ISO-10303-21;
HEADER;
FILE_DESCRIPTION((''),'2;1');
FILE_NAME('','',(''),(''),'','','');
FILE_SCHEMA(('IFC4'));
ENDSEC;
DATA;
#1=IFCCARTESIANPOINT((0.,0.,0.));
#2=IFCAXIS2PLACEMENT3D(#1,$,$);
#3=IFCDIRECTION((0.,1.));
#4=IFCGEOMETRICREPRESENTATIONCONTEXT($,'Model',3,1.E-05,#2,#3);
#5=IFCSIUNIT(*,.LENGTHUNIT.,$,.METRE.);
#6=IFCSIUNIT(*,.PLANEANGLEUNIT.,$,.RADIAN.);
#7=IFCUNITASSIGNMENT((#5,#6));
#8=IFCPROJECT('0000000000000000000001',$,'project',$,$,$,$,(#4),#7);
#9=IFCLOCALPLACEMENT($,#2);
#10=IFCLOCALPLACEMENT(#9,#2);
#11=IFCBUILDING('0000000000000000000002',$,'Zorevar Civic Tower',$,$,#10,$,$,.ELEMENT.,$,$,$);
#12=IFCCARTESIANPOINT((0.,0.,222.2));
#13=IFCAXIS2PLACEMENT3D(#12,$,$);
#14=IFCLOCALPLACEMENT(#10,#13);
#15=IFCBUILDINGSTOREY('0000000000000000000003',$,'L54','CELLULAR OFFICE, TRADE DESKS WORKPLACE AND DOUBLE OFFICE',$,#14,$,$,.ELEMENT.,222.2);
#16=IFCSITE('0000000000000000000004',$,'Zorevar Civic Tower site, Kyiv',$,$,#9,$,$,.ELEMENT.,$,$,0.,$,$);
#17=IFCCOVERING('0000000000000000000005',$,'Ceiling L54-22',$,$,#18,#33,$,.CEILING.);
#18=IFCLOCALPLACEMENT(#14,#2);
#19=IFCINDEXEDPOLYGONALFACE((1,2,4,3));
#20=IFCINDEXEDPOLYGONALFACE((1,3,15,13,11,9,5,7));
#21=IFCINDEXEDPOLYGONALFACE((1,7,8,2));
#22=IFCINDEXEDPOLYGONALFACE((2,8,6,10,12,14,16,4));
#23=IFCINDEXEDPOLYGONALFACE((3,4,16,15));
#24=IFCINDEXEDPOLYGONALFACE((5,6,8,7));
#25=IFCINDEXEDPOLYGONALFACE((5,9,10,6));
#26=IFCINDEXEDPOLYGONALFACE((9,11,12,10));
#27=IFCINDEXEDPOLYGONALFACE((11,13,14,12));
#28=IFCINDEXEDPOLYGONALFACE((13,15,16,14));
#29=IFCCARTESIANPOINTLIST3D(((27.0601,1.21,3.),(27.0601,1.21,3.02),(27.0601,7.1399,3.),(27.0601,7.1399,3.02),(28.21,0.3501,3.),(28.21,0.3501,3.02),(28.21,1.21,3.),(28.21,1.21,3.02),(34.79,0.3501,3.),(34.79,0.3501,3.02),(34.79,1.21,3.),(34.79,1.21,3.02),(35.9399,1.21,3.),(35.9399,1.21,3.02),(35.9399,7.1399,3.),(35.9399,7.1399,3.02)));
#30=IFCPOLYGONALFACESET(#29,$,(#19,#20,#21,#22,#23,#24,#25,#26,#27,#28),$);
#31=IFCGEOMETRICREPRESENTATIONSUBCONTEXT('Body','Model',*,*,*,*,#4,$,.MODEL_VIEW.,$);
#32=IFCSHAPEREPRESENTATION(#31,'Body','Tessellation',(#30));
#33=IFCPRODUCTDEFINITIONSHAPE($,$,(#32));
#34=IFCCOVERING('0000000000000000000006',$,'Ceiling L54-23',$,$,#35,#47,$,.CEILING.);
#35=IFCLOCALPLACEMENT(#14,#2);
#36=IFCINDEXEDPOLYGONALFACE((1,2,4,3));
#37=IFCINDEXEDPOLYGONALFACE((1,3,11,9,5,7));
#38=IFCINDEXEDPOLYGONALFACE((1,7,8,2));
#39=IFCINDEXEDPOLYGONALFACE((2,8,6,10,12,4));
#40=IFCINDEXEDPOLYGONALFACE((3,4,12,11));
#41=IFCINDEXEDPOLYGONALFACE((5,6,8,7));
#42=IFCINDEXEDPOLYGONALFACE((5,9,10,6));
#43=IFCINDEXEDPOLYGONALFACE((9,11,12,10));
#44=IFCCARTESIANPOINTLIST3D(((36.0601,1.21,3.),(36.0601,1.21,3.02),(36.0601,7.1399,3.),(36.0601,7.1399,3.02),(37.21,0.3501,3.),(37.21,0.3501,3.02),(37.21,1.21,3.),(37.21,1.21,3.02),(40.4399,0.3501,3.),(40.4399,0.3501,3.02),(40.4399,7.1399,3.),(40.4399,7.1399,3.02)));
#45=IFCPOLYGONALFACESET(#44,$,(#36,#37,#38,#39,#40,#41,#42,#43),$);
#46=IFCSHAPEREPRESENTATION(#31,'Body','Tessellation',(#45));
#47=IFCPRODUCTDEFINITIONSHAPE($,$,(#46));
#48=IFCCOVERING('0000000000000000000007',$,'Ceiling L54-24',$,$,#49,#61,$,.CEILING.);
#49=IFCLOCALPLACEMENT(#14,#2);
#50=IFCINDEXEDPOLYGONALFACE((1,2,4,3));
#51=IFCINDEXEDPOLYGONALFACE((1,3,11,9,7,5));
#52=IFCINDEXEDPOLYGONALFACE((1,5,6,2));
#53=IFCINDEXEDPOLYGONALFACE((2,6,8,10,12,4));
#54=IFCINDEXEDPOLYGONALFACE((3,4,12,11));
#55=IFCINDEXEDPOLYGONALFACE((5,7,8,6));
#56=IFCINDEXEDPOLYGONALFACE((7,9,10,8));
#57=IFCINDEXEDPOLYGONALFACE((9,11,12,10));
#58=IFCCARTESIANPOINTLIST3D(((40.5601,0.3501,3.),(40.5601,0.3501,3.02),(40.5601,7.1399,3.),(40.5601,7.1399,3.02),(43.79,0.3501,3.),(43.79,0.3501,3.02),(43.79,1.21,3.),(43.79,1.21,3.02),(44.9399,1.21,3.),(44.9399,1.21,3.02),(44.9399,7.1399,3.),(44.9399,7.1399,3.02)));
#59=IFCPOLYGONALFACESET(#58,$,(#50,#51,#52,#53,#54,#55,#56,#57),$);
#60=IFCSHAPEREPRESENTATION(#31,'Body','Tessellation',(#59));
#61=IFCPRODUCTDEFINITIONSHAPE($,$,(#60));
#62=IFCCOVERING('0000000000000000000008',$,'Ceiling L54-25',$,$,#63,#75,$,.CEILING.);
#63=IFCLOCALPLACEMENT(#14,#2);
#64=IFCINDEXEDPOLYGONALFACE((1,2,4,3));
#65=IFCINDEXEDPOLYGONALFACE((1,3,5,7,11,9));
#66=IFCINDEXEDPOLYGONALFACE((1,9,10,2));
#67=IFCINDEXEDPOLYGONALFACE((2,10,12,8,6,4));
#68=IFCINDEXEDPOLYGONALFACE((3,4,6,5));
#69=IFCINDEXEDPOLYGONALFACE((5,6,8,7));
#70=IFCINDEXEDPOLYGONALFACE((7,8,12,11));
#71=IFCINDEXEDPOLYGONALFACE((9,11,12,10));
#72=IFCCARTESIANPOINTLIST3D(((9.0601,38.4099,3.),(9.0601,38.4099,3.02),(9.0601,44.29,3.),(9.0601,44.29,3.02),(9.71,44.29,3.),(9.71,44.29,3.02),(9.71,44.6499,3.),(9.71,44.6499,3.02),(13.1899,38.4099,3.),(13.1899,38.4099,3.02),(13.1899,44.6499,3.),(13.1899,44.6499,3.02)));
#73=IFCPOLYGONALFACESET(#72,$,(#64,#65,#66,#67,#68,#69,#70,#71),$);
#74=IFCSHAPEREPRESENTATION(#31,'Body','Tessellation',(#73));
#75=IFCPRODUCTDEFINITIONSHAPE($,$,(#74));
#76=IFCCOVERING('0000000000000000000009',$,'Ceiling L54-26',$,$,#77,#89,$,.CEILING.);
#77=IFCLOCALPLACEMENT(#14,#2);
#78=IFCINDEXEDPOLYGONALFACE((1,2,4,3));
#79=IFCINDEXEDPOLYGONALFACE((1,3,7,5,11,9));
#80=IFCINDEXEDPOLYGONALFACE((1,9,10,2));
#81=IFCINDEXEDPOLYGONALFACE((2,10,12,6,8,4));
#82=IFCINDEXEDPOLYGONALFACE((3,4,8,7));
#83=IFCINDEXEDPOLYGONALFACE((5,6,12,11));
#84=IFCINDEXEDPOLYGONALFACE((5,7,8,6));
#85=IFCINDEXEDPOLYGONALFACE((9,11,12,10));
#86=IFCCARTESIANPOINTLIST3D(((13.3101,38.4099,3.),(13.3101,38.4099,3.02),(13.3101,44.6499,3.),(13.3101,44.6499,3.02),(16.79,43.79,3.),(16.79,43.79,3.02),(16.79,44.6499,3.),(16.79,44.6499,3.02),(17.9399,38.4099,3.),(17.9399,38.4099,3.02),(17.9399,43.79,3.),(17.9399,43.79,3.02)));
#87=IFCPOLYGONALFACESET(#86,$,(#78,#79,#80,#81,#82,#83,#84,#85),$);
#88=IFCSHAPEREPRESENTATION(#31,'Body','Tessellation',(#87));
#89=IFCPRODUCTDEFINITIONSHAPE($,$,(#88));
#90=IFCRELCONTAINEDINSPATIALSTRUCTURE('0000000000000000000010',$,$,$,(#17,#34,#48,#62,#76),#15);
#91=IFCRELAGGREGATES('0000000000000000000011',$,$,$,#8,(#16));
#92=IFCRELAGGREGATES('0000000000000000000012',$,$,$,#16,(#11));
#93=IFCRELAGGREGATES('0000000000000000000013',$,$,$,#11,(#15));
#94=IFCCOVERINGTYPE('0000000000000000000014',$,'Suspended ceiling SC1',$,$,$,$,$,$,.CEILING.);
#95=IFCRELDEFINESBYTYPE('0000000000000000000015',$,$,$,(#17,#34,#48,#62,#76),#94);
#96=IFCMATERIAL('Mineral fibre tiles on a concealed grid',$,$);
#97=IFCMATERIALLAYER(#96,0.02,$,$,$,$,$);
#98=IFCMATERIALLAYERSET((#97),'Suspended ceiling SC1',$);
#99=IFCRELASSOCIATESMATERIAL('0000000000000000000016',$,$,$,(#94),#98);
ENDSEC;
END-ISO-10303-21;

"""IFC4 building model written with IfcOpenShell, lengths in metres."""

from ifc_helpers import new_model, si_unit, direction, frame, origin, place, context, subcontext, project, spatial, polyline, outline, extrude, material, layer, layer_set, type_object, element, save


model = new_model("IFC4")

# Units and contexts
model_context = context("Model", 3, precision=1e-05, world=origin(), true_north=direction((0.0, 1.0)))
body_context = subcontext(model_context, "Body", "Model", "MODEL_VIEW")
ifc_project = project(units=[si_unit("LENGTHUNIT", "METRE"), si_unit("PLANEANGLEUNIT", "RADIAN")], contexts=[model_context])

# Site, building, storey
site_placement = place(None, origin())
site = spatial("IfcSite", under=ifc_project, at=site_placement, Name="Zorevar Civic Tower site, Kyiv", CompositionType="ELEMENT", RefElevation=0.0)
building_placement = place(site_placement, origin())
building = spatial("IfcBuilding", under=site, at=building_placement, Name="Zorevar Civic Tower", CompositionType="ELEMENT")
storey_placement = place(building_placement, frame((0.0, 0.0, 222.2)))
storey = spatial("IfcBuildingStorey", under=building, at=storey_placement, Name="L54", Description="CELLULAR OFFICE, TRADE DESKS WORKPLACE AND DOUBLE OFFICE", CompositionType="ELEMENT", Elevation=222.2)

# Coverings
ifc_material_1 = material(Name="Mineral fibre tiles on a concealed grid")
ifc_layer_1 = layer(ifc_material_1, 0.02)
ifc_layer_set_1 = layer_set([ifc_layer_1], Name="Suspended ceiling SC1")
covering_type_1 = type_object("IfcCoveringType", Name="Suspended ceiling SC1", PredefinedType="CEILING", material=ifc_layer_set_1)
covering_1_placement = place(storey_placement, frame((0.0, 0.0, 3.0)))
element("IfcCovering", 1, at=covering_1_placement, inside=storey, type_object=covering_type_1, Name="Ceiling L54-22", PredefinedType="CEILING", context=body_context, shape_type="SweptSolid", body=[
    extrude(outline(polyline([(28.21, 0.3501), (28.21, 1.21), (27.0601, 1.21), (27.0601, 7.1399), (35.9399, 7.1399), (35.9399, 1.21), (34.79, 1.21), (34.79, 0.3501), (28.21, 0.3501)])), origin(), (0.0, 0.0, 1.0), 0.02),
])
covering_2_placement = place(storey_placement, frame((0.0, 0.0, 3.0)))
element("IfcCovering", 2, at=covering_2_placement, inside=storey, type_object=covering_type_1, Name="Ceiling L54-23", PredefinedType="CEILING", context=body_context, shape_type="SweptSolid", body=[
    extrude(outline(polyline([(40.4399, 7.1399), (40.4399, 0.3501), (37.21, 0.3501), (37.21, 1.21), (36.0601, 1.21), (36.0601, 7.1399), (40.4399, 7.1399)])), origin(), (0.0, 0.0, 1.0), 0.02),
])
covering_3_placement = place(storey_placement, frame((0.0, 0.0, 3.0)))
element("IfcCovering", 3, at=covering_3_placement, inside=storey, type_object=covering_type_1, Name="Ceiling L54-24", PredefinedType="CEILING", context=body_context, shape_type="SweptSolid", body=[
    extrude(outline(polyline([(44.9399, 7.1399), (44.9399, 1.21), (43.79, 1.21), (43.79, 0.3501), (40.5601, 0.3501), (40.5601, 7.1399), (44.9399, 7.1399)])), origin(), (0.0, 0.0, 1.0), 0.02),
])
covering_4_placement = place(storey_placement, frame((0.0, 0.0, 3.0)))
element("IfcCovering", 4, at=covering_4_placement, inside=storey, type_object=covering_type_1, Name="Ceiling L54-25", PredefinedType="CEILING", context=body_context, shape_type="SweptSolid", body=[
    extrude(outline(polyline([(9.0601, 38.4099), (9.0601, 44.29), (9.71, 44.29), (9.71, 44.6499), (13.1899, 44.6499), (13.1899, 38.4099), (9.0601, 38.4099)])), origin(), (0.0, 0.0, 1.0), 0.02),
])
covering_5_placement = place(storey_placement, frame((0.0, 0.0, 3.0)))
element("IfcCovering", 5, at=covering_5_placement, inside=storey, type_object=covering_type_1, Name="Ceiling L54-26", PredefinedType="CEILING", context=body_context, shape_type="SweptSolid", body=[
    extrude(outline(polyline([(13.3101, 38.4099), (13.3101, 44.6499), (16.79, 44.6499), (16.79, 43.79), (17.9399, 43.79), (17.9399, 38.4099), (13.3101, 38.4099)])), origin(), (0.0, 0.0, 1.0), 0.02),
])

save(model, "model.ifc")
